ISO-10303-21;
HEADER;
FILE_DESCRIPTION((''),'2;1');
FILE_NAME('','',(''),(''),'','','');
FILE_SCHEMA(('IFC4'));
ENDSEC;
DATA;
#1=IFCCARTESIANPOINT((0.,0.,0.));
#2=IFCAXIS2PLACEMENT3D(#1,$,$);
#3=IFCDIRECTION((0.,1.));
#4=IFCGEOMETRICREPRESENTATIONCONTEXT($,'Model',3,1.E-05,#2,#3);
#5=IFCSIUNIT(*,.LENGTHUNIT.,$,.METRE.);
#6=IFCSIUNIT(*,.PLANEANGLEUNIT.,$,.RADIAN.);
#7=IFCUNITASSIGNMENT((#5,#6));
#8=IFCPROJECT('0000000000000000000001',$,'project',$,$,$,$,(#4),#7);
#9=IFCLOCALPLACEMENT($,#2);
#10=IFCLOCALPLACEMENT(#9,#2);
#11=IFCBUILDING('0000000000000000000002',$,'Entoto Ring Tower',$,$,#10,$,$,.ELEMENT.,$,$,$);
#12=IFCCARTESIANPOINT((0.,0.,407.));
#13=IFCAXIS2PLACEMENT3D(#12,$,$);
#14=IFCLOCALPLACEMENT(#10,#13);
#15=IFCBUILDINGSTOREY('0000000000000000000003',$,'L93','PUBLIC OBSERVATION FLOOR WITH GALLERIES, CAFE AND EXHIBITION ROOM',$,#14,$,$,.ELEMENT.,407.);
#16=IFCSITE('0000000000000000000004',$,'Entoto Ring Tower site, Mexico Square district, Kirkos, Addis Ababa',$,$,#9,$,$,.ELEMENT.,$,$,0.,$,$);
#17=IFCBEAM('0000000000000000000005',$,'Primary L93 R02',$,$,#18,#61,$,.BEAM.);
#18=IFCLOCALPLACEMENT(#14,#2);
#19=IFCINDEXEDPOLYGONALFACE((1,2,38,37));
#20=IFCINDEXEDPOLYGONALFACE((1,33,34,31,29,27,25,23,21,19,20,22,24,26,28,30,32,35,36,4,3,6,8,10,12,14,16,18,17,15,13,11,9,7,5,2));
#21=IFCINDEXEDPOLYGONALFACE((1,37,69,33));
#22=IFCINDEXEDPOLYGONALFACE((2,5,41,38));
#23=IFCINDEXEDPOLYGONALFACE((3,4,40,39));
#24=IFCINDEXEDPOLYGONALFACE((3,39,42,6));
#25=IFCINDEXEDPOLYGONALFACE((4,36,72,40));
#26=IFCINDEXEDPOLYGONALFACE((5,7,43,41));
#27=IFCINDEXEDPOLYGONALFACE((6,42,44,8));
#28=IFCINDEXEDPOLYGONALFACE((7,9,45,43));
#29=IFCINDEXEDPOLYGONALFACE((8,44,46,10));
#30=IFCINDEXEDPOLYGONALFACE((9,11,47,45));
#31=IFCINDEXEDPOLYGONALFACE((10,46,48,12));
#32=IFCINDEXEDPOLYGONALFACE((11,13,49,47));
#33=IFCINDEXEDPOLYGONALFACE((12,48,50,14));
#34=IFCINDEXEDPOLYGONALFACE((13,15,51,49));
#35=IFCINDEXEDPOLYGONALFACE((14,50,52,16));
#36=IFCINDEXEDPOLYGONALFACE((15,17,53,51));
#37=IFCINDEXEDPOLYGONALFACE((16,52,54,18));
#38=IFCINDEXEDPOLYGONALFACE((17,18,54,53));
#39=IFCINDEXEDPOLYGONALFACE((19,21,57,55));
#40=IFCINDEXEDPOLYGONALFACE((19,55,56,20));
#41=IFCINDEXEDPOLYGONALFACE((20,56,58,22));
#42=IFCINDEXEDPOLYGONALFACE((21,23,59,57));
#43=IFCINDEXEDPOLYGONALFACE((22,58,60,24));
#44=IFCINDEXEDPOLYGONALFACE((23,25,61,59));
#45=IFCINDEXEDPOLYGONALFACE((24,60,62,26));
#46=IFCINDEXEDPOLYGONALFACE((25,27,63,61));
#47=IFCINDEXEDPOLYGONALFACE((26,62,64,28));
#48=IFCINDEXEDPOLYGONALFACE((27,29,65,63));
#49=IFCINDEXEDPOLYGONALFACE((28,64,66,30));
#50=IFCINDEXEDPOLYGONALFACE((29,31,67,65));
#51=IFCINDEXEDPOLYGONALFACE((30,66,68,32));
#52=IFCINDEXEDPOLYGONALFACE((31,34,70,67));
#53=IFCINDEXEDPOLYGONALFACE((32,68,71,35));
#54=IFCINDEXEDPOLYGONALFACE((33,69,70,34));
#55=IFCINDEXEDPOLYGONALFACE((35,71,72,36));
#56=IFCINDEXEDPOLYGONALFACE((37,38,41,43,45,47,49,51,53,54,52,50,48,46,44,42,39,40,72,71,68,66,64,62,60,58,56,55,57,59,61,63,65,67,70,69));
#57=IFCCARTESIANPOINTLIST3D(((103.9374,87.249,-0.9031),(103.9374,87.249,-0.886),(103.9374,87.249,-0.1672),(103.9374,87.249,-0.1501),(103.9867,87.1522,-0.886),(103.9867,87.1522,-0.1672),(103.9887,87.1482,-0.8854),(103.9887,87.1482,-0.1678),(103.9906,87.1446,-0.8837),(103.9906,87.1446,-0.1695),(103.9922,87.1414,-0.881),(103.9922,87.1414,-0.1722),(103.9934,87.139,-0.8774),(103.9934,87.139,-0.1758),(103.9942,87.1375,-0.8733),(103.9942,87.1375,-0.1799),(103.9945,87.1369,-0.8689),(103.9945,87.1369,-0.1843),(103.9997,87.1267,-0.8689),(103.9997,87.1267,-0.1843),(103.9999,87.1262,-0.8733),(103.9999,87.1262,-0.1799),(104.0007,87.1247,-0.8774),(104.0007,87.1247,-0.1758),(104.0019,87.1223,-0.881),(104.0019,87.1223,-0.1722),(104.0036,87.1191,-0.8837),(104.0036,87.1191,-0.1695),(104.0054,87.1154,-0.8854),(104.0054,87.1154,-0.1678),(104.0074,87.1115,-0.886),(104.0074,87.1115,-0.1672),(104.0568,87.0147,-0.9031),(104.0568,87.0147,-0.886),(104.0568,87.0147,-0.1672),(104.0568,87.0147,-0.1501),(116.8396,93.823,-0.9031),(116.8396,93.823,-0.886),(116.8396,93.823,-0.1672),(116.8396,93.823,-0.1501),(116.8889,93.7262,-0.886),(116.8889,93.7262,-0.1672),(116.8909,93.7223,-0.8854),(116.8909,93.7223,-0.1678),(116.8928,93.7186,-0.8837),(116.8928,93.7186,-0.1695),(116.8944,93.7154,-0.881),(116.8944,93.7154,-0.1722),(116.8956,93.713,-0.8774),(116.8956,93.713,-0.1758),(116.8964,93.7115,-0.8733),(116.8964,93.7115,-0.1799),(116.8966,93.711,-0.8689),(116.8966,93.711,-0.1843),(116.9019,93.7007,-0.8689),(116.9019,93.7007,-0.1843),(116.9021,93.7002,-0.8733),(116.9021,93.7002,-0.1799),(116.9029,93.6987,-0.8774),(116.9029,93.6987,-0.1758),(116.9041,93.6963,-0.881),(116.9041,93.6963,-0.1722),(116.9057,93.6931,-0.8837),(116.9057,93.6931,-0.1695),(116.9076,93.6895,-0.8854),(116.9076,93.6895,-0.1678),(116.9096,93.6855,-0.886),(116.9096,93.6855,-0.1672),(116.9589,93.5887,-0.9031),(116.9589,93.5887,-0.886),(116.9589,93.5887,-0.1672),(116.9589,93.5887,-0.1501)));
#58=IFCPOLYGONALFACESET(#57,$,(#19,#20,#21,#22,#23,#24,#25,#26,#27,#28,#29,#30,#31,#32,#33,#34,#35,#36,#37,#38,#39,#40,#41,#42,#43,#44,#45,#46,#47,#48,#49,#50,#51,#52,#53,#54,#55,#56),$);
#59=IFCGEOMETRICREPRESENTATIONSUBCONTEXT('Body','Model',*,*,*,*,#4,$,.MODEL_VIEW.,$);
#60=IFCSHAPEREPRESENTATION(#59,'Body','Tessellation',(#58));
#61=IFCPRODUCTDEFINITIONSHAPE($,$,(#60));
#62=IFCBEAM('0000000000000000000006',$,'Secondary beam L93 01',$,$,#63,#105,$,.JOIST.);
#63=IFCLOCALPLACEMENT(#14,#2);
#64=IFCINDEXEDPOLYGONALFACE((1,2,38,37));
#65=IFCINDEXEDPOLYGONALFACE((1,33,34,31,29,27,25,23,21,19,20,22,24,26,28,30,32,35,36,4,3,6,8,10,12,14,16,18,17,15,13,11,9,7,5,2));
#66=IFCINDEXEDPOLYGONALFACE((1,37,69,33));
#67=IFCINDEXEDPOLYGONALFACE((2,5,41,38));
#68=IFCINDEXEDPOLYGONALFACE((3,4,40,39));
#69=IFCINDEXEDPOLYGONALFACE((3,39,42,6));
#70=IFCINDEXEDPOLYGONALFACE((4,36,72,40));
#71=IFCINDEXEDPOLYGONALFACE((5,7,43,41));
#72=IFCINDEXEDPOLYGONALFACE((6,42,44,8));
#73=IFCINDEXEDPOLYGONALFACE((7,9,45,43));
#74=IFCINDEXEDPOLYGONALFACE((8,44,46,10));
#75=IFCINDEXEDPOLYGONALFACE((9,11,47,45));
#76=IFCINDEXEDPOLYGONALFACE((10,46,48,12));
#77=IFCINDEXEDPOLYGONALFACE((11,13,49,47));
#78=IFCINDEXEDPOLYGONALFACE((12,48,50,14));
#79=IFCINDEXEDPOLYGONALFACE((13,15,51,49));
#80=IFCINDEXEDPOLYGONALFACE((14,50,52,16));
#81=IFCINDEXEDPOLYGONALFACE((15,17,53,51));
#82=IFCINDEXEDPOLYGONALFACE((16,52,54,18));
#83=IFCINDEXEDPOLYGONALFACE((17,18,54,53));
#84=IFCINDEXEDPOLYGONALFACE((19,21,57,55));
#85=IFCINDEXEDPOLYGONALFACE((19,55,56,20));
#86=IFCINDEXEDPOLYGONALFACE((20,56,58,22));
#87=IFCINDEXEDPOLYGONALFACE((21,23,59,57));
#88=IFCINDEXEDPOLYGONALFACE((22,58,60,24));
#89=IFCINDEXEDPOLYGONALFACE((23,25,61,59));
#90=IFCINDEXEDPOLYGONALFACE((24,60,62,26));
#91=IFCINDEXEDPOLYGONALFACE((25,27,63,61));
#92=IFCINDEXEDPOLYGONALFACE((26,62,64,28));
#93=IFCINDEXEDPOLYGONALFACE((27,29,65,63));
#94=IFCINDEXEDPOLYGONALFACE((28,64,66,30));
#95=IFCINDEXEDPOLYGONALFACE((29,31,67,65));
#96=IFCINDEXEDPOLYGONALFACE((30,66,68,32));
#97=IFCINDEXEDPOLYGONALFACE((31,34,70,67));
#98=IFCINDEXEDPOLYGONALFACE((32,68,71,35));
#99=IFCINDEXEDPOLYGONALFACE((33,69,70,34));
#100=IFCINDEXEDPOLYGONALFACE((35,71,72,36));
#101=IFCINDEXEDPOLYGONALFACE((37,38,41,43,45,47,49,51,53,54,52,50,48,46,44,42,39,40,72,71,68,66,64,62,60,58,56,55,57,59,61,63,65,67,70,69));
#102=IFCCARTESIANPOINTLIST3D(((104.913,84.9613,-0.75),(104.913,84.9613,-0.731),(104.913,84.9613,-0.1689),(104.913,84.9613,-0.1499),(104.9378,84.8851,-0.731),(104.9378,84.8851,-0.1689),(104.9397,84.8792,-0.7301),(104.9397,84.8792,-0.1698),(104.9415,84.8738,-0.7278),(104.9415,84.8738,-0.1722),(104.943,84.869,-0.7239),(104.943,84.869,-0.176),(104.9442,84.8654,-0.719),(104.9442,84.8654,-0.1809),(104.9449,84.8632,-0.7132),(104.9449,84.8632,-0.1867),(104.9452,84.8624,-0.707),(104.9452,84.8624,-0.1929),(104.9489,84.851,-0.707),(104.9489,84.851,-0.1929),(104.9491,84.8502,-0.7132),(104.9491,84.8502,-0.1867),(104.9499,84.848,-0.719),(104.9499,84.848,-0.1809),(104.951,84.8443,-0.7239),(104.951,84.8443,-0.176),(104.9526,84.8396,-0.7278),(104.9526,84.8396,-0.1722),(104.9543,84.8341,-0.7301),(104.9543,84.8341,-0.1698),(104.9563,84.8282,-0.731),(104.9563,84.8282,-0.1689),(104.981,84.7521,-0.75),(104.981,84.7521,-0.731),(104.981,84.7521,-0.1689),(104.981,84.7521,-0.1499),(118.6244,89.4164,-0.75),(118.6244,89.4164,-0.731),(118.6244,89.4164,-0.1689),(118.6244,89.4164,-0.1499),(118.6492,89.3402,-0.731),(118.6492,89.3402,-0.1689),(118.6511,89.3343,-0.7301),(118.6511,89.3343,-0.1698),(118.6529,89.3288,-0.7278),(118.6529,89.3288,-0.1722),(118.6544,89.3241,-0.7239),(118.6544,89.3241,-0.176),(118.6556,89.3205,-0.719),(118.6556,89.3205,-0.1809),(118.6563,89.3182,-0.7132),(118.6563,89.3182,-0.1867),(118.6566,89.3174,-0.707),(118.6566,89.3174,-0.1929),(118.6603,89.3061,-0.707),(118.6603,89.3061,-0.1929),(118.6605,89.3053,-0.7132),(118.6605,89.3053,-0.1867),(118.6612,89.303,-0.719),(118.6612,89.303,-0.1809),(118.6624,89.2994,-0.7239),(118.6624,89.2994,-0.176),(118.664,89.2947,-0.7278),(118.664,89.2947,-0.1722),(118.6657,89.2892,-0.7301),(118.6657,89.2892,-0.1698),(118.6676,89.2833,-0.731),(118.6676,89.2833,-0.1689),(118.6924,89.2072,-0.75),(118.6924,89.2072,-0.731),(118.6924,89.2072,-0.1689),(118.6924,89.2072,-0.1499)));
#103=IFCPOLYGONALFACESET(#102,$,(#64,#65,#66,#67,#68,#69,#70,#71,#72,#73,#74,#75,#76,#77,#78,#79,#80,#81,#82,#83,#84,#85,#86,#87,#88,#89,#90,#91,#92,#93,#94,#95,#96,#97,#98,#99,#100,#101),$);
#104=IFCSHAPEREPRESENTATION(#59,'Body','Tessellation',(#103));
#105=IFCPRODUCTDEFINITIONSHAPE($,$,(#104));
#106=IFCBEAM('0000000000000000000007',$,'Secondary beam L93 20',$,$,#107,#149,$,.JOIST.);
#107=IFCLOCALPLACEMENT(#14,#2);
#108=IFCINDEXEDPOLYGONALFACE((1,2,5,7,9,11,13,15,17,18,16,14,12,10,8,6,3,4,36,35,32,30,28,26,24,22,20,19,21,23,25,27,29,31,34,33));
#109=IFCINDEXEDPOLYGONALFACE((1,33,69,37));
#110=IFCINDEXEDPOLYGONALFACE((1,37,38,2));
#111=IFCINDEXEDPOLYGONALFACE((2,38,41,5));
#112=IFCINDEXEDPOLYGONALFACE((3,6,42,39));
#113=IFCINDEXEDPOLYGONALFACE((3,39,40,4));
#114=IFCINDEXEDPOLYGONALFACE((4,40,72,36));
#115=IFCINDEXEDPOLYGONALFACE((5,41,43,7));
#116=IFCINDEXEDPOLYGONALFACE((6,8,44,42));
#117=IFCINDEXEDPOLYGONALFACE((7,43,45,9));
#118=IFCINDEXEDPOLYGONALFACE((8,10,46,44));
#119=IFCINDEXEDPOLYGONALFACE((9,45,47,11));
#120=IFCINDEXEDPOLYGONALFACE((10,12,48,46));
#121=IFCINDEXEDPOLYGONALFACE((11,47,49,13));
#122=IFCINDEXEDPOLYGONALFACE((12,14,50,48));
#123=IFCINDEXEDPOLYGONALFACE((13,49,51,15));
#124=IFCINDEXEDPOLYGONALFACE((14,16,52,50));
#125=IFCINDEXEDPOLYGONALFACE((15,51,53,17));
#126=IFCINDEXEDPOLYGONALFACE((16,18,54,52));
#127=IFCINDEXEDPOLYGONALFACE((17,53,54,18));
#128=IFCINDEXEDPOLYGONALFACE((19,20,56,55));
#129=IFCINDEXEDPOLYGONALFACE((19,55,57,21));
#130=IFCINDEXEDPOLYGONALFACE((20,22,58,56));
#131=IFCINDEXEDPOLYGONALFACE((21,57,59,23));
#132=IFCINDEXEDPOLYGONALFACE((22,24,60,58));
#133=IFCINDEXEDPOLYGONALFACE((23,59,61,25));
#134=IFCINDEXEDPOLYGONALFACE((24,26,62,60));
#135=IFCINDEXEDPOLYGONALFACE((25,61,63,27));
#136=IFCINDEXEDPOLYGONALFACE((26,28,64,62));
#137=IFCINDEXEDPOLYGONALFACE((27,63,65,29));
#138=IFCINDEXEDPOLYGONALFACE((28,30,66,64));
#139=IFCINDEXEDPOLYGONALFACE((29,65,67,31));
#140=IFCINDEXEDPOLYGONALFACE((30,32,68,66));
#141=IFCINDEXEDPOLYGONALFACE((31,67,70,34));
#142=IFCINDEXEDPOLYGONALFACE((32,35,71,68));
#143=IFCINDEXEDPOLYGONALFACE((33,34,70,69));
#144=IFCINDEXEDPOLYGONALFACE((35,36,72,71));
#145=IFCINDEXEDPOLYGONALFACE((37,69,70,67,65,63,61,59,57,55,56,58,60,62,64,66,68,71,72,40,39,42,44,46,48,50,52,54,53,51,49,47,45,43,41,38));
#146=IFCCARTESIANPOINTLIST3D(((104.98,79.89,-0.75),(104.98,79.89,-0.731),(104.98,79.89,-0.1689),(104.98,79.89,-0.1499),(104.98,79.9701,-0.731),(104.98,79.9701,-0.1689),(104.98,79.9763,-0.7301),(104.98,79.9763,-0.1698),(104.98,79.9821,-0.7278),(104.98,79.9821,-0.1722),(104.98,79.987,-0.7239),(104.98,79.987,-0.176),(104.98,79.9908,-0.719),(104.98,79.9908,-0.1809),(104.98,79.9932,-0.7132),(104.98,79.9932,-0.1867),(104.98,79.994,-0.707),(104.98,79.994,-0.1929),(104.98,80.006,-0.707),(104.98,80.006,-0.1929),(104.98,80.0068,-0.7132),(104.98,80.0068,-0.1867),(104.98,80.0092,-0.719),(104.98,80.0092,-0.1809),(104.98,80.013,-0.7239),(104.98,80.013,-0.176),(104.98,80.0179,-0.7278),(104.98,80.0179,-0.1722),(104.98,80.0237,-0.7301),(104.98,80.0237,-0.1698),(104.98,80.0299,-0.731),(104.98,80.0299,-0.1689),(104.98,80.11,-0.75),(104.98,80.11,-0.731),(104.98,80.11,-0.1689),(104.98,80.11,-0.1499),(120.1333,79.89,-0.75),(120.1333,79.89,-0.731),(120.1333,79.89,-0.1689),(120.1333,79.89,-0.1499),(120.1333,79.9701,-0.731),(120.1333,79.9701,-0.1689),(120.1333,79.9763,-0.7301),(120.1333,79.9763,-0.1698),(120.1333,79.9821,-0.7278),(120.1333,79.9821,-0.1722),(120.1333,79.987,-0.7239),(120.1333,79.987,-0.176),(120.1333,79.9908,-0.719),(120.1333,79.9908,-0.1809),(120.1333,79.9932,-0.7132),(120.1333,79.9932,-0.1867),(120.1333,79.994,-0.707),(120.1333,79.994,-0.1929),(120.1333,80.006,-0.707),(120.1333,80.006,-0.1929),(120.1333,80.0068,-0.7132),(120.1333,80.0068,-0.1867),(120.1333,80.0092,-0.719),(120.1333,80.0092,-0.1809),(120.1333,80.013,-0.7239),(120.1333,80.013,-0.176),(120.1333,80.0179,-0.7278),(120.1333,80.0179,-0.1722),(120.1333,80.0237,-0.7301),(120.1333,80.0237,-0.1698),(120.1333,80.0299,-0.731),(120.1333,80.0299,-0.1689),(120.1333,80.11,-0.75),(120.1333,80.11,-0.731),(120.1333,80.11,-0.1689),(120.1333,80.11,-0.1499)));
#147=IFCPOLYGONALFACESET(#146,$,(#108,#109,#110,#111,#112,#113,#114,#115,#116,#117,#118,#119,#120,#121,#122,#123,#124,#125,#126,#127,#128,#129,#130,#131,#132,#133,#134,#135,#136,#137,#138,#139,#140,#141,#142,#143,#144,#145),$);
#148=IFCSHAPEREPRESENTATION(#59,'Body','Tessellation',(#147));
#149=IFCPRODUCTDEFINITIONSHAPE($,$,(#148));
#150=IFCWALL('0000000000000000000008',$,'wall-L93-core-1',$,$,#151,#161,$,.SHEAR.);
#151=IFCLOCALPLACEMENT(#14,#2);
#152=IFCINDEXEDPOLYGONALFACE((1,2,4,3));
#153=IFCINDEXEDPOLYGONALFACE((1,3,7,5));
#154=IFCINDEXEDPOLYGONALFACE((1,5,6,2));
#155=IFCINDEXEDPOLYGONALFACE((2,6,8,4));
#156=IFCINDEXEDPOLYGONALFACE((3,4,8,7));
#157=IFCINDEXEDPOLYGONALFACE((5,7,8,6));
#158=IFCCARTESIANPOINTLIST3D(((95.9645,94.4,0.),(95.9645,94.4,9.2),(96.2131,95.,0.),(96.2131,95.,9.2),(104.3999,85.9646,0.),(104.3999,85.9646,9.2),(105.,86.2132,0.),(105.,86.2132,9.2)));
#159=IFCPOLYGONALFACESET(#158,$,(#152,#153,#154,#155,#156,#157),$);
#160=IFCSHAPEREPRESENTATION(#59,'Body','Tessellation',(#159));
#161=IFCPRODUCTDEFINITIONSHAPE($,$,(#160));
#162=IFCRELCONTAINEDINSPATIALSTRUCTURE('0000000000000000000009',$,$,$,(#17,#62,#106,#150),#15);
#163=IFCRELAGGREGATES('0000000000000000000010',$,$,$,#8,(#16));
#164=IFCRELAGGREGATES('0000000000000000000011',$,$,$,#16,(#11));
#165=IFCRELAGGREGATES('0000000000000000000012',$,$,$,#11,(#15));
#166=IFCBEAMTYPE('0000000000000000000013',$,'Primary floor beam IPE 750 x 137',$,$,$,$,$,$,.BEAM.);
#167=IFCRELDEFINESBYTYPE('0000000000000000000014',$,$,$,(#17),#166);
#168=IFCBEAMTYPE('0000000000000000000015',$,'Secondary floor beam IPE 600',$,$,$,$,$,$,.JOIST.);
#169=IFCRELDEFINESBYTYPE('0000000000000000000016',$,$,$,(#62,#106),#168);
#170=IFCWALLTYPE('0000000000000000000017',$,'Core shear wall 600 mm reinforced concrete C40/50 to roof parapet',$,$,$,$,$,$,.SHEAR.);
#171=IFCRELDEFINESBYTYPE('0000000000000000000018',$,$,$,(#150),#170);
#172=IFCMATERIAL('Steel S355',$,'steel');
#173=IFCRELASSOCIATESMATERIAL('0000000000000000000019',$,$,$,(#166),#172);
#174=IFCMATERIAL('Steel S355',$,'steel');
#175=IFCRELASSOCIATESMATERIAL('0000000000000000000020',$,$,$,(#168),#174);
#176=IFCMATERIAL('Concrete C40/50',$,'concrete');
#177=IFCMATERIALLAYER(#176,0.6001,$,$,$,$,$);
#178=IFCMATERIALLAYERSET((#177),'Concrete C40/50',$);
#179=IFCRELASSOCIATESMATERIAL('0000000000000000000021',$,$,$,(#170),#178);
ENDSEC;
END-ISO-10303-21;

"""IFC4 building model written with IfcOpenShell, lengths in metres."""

from ifc_helpers import new_model, si_unit, direction, frame, origin, origin_2d, place, context, subcontext, project, spatial, polyline, i_section, outline, extrude, material, layer, layer_set, material_profile, profile_set, type_object, element, save


model = new_model("IFC4")

# Units and contexts
model_context = context("Model", 3, precision=1e-05, world=origin(), true_north=direction((0.0, 1.0)))
body_context = subcontext(model_context, "Body", "Model", "MODEL_VIEW")
ifc_project = project(units=[si_unit("LENGTHUNIT", "METRE"), si_unit("PLANEANGLEUNIT", "RADIAN")], contexts=[model_context])

# Site, building, storey
site_placement = place(None, origin())
site = spatial("IfcSite", under=ifc_project, at=site_placement, Name="Entoto Ring Tower site, Mexico Square district, Kirkos, Addis Ababa", CompositionType="ELEMENT", RefElevation=0.0)
building_placement = place(site_placement, origin())
building = spatial("IfcBuilding", under=site, at=building_placement, Name="Entoto Ring Tower", CompositionType="ELEMENT")
storey_placement = place(building_placement, frame((0.0, 0.0, 407.0)))
storey = spatial("IfcBuildingStorey", under=building, at=storey_placement, Name="L93", Description="PUBLIC OBSERVATION FLOOR WITH GALLERIES, CAFE AND EXHIBITION ROOM", CompositionType="ELEMENT", Elevation=407.0)

# Beams
ifc_material_1 = material(Name="Steel S355", Category="steel")
ifc_material_profile_1 = material_profile(ifc_material_1, i_section(OverallWidth=0.2629, OverallDepth=0.7529, WebThickness=0.0115, FlangeThickness=0.0171, FilletRadius=0.0171, at=origin_2d()), Name="IPE 750 x 137")
ifc_profile_set_1 = profile_set([ifc_material_profile_1], Name="Steel S355")
beam_type_1 = type_object("IfcBeamType", Name="Primary floor beam IPE 750 x 137", PredefinedType="BEAM", material=ifc_profile_set_1)
beam_1_placement = place(storey_placement, frame((103.9971, 87.1318, -0.5266), z_axis=(0.891006, 0.453992, 0.0), x_axis=(-0.453992, 0.891006, 0.0)))
element("IfcBeam", 1, at=beam_1_placement, inside=storey, type_object=beam_type_1, Name="Primary L93 R02", PredefinedType="BEAM", context=body_context, shape_type="SweptSolid", body=[
    extrude(i_section(OverallWidth=0.2629, OverallDepth=0.7529, WebThickness=0.0115, FlangeThickness=0.0171, FilletRadius=0.0171, at=origin_2d()), origin(), (0.0, 0.0, 1.0), 14.4805),
])
ifc_material_2 = material(Name="Steel S355", Category="steel")
ifc_material_profile_2 = material_profile(ifc_material_2, i_section(OverallWidth=0.22, OverallDepth=0.6001, WebThickness=0.012, FlangeThickness=0.019, FilletRadius=0.0239, at=origin_2d()), Name="IPE 600")
ifc_profile_set_2 = profile_set([ifc_material_profile_2], Name="Steel S355")
beam_type_2 = type_object("IfcBeamType", Name="Secondary floor beam IPE 600", PredefinedType="JOIST", material=ifc_profile_set_2)
beam_2_placement = place(storey_placement, frame((104.947, 84.8567, -0.45), z_axis=(0.951057, 0.309015, 0.0), x_axis=(-0.309015, 0.951057, 0.0)))
element("IfcBeam", 2, at=beam_2_placement, inside=storey, type_object=beam_type_2, Name="Secondary beam L93 01", PredefinedType="JOIST", context=body_context, shape_type="SweptSolid", body=[
    extrude(i_section(OverallWidth=0.22, OverallDepth=0.6001, WebThickness=0.012, FlangeThickness=0.019, FilletRadius=0.0239, at=origin_2d()), origin(), (0.0, 0.0, 1.0), 14.417),
])
beam_3_placement = place(storey_placement, frame((104.98, 80.0, -0.45), z_axis=(1.0, 0.0, 0.0), x_axis=(0.0, 1.0, 0.0)))
element("IfcBeam", 3, at=beam_3_placement, inside=storey, type_object=beam_type_2, Name="Secondary beam L93 20", PredefinedType="JOIST", context=body_context, shape_type="SweptSolid", body=[
    extrude(i_section(OverallWidth=0.22, OverallDepth=0.6001, WebThickness=0.012, FlangeThickness=0.019, FilletRadius=0.0239, at=origin_2d()), origin(), (0.0, 0.0, 1.0), 15.1533),
])

# Wall
ifc_material_3 = material(Name="Concrete C40/50", Category="concrete")
ifc_layer_1 = layer(ifc_material_3, 0.6001)
ifc_layer_set_1 = layer_set([ifc_layer_1], Name="Concrete C40/50")
wall_type_1 = type_object("IfcWallType", Name="Core shear wall 600 mm reinforced concrete C40/50 to roof parapet", PredefinedType="SHEAR", material=ifc_layer_set_1)
wall_1_placement = place(storey_placement, frame((104.7, 86.0889, 0.0), z_axis=(0.0, 0.0, 1.0), x_axis=(-0.707107, 0.707107, 0.0)))
element("IfcWall", 4, at=wall_1_placement, inside=storey, type_object=wall_type_1, Name="wall-L93-core-1", PredefinedType="SHEAR", context=body_context, shape_type="SweptSolid", body=[
    extrude(outline(polyline([(-0.1243, -0.3), (12.3022, -0.3), (12.0537, 0.3), (0.1243, 0.3), (-0.1243, -0.3)])), origin(), (0.0, 0.0, 1.0), 9.2),
])

save(model, "model.ifc")
